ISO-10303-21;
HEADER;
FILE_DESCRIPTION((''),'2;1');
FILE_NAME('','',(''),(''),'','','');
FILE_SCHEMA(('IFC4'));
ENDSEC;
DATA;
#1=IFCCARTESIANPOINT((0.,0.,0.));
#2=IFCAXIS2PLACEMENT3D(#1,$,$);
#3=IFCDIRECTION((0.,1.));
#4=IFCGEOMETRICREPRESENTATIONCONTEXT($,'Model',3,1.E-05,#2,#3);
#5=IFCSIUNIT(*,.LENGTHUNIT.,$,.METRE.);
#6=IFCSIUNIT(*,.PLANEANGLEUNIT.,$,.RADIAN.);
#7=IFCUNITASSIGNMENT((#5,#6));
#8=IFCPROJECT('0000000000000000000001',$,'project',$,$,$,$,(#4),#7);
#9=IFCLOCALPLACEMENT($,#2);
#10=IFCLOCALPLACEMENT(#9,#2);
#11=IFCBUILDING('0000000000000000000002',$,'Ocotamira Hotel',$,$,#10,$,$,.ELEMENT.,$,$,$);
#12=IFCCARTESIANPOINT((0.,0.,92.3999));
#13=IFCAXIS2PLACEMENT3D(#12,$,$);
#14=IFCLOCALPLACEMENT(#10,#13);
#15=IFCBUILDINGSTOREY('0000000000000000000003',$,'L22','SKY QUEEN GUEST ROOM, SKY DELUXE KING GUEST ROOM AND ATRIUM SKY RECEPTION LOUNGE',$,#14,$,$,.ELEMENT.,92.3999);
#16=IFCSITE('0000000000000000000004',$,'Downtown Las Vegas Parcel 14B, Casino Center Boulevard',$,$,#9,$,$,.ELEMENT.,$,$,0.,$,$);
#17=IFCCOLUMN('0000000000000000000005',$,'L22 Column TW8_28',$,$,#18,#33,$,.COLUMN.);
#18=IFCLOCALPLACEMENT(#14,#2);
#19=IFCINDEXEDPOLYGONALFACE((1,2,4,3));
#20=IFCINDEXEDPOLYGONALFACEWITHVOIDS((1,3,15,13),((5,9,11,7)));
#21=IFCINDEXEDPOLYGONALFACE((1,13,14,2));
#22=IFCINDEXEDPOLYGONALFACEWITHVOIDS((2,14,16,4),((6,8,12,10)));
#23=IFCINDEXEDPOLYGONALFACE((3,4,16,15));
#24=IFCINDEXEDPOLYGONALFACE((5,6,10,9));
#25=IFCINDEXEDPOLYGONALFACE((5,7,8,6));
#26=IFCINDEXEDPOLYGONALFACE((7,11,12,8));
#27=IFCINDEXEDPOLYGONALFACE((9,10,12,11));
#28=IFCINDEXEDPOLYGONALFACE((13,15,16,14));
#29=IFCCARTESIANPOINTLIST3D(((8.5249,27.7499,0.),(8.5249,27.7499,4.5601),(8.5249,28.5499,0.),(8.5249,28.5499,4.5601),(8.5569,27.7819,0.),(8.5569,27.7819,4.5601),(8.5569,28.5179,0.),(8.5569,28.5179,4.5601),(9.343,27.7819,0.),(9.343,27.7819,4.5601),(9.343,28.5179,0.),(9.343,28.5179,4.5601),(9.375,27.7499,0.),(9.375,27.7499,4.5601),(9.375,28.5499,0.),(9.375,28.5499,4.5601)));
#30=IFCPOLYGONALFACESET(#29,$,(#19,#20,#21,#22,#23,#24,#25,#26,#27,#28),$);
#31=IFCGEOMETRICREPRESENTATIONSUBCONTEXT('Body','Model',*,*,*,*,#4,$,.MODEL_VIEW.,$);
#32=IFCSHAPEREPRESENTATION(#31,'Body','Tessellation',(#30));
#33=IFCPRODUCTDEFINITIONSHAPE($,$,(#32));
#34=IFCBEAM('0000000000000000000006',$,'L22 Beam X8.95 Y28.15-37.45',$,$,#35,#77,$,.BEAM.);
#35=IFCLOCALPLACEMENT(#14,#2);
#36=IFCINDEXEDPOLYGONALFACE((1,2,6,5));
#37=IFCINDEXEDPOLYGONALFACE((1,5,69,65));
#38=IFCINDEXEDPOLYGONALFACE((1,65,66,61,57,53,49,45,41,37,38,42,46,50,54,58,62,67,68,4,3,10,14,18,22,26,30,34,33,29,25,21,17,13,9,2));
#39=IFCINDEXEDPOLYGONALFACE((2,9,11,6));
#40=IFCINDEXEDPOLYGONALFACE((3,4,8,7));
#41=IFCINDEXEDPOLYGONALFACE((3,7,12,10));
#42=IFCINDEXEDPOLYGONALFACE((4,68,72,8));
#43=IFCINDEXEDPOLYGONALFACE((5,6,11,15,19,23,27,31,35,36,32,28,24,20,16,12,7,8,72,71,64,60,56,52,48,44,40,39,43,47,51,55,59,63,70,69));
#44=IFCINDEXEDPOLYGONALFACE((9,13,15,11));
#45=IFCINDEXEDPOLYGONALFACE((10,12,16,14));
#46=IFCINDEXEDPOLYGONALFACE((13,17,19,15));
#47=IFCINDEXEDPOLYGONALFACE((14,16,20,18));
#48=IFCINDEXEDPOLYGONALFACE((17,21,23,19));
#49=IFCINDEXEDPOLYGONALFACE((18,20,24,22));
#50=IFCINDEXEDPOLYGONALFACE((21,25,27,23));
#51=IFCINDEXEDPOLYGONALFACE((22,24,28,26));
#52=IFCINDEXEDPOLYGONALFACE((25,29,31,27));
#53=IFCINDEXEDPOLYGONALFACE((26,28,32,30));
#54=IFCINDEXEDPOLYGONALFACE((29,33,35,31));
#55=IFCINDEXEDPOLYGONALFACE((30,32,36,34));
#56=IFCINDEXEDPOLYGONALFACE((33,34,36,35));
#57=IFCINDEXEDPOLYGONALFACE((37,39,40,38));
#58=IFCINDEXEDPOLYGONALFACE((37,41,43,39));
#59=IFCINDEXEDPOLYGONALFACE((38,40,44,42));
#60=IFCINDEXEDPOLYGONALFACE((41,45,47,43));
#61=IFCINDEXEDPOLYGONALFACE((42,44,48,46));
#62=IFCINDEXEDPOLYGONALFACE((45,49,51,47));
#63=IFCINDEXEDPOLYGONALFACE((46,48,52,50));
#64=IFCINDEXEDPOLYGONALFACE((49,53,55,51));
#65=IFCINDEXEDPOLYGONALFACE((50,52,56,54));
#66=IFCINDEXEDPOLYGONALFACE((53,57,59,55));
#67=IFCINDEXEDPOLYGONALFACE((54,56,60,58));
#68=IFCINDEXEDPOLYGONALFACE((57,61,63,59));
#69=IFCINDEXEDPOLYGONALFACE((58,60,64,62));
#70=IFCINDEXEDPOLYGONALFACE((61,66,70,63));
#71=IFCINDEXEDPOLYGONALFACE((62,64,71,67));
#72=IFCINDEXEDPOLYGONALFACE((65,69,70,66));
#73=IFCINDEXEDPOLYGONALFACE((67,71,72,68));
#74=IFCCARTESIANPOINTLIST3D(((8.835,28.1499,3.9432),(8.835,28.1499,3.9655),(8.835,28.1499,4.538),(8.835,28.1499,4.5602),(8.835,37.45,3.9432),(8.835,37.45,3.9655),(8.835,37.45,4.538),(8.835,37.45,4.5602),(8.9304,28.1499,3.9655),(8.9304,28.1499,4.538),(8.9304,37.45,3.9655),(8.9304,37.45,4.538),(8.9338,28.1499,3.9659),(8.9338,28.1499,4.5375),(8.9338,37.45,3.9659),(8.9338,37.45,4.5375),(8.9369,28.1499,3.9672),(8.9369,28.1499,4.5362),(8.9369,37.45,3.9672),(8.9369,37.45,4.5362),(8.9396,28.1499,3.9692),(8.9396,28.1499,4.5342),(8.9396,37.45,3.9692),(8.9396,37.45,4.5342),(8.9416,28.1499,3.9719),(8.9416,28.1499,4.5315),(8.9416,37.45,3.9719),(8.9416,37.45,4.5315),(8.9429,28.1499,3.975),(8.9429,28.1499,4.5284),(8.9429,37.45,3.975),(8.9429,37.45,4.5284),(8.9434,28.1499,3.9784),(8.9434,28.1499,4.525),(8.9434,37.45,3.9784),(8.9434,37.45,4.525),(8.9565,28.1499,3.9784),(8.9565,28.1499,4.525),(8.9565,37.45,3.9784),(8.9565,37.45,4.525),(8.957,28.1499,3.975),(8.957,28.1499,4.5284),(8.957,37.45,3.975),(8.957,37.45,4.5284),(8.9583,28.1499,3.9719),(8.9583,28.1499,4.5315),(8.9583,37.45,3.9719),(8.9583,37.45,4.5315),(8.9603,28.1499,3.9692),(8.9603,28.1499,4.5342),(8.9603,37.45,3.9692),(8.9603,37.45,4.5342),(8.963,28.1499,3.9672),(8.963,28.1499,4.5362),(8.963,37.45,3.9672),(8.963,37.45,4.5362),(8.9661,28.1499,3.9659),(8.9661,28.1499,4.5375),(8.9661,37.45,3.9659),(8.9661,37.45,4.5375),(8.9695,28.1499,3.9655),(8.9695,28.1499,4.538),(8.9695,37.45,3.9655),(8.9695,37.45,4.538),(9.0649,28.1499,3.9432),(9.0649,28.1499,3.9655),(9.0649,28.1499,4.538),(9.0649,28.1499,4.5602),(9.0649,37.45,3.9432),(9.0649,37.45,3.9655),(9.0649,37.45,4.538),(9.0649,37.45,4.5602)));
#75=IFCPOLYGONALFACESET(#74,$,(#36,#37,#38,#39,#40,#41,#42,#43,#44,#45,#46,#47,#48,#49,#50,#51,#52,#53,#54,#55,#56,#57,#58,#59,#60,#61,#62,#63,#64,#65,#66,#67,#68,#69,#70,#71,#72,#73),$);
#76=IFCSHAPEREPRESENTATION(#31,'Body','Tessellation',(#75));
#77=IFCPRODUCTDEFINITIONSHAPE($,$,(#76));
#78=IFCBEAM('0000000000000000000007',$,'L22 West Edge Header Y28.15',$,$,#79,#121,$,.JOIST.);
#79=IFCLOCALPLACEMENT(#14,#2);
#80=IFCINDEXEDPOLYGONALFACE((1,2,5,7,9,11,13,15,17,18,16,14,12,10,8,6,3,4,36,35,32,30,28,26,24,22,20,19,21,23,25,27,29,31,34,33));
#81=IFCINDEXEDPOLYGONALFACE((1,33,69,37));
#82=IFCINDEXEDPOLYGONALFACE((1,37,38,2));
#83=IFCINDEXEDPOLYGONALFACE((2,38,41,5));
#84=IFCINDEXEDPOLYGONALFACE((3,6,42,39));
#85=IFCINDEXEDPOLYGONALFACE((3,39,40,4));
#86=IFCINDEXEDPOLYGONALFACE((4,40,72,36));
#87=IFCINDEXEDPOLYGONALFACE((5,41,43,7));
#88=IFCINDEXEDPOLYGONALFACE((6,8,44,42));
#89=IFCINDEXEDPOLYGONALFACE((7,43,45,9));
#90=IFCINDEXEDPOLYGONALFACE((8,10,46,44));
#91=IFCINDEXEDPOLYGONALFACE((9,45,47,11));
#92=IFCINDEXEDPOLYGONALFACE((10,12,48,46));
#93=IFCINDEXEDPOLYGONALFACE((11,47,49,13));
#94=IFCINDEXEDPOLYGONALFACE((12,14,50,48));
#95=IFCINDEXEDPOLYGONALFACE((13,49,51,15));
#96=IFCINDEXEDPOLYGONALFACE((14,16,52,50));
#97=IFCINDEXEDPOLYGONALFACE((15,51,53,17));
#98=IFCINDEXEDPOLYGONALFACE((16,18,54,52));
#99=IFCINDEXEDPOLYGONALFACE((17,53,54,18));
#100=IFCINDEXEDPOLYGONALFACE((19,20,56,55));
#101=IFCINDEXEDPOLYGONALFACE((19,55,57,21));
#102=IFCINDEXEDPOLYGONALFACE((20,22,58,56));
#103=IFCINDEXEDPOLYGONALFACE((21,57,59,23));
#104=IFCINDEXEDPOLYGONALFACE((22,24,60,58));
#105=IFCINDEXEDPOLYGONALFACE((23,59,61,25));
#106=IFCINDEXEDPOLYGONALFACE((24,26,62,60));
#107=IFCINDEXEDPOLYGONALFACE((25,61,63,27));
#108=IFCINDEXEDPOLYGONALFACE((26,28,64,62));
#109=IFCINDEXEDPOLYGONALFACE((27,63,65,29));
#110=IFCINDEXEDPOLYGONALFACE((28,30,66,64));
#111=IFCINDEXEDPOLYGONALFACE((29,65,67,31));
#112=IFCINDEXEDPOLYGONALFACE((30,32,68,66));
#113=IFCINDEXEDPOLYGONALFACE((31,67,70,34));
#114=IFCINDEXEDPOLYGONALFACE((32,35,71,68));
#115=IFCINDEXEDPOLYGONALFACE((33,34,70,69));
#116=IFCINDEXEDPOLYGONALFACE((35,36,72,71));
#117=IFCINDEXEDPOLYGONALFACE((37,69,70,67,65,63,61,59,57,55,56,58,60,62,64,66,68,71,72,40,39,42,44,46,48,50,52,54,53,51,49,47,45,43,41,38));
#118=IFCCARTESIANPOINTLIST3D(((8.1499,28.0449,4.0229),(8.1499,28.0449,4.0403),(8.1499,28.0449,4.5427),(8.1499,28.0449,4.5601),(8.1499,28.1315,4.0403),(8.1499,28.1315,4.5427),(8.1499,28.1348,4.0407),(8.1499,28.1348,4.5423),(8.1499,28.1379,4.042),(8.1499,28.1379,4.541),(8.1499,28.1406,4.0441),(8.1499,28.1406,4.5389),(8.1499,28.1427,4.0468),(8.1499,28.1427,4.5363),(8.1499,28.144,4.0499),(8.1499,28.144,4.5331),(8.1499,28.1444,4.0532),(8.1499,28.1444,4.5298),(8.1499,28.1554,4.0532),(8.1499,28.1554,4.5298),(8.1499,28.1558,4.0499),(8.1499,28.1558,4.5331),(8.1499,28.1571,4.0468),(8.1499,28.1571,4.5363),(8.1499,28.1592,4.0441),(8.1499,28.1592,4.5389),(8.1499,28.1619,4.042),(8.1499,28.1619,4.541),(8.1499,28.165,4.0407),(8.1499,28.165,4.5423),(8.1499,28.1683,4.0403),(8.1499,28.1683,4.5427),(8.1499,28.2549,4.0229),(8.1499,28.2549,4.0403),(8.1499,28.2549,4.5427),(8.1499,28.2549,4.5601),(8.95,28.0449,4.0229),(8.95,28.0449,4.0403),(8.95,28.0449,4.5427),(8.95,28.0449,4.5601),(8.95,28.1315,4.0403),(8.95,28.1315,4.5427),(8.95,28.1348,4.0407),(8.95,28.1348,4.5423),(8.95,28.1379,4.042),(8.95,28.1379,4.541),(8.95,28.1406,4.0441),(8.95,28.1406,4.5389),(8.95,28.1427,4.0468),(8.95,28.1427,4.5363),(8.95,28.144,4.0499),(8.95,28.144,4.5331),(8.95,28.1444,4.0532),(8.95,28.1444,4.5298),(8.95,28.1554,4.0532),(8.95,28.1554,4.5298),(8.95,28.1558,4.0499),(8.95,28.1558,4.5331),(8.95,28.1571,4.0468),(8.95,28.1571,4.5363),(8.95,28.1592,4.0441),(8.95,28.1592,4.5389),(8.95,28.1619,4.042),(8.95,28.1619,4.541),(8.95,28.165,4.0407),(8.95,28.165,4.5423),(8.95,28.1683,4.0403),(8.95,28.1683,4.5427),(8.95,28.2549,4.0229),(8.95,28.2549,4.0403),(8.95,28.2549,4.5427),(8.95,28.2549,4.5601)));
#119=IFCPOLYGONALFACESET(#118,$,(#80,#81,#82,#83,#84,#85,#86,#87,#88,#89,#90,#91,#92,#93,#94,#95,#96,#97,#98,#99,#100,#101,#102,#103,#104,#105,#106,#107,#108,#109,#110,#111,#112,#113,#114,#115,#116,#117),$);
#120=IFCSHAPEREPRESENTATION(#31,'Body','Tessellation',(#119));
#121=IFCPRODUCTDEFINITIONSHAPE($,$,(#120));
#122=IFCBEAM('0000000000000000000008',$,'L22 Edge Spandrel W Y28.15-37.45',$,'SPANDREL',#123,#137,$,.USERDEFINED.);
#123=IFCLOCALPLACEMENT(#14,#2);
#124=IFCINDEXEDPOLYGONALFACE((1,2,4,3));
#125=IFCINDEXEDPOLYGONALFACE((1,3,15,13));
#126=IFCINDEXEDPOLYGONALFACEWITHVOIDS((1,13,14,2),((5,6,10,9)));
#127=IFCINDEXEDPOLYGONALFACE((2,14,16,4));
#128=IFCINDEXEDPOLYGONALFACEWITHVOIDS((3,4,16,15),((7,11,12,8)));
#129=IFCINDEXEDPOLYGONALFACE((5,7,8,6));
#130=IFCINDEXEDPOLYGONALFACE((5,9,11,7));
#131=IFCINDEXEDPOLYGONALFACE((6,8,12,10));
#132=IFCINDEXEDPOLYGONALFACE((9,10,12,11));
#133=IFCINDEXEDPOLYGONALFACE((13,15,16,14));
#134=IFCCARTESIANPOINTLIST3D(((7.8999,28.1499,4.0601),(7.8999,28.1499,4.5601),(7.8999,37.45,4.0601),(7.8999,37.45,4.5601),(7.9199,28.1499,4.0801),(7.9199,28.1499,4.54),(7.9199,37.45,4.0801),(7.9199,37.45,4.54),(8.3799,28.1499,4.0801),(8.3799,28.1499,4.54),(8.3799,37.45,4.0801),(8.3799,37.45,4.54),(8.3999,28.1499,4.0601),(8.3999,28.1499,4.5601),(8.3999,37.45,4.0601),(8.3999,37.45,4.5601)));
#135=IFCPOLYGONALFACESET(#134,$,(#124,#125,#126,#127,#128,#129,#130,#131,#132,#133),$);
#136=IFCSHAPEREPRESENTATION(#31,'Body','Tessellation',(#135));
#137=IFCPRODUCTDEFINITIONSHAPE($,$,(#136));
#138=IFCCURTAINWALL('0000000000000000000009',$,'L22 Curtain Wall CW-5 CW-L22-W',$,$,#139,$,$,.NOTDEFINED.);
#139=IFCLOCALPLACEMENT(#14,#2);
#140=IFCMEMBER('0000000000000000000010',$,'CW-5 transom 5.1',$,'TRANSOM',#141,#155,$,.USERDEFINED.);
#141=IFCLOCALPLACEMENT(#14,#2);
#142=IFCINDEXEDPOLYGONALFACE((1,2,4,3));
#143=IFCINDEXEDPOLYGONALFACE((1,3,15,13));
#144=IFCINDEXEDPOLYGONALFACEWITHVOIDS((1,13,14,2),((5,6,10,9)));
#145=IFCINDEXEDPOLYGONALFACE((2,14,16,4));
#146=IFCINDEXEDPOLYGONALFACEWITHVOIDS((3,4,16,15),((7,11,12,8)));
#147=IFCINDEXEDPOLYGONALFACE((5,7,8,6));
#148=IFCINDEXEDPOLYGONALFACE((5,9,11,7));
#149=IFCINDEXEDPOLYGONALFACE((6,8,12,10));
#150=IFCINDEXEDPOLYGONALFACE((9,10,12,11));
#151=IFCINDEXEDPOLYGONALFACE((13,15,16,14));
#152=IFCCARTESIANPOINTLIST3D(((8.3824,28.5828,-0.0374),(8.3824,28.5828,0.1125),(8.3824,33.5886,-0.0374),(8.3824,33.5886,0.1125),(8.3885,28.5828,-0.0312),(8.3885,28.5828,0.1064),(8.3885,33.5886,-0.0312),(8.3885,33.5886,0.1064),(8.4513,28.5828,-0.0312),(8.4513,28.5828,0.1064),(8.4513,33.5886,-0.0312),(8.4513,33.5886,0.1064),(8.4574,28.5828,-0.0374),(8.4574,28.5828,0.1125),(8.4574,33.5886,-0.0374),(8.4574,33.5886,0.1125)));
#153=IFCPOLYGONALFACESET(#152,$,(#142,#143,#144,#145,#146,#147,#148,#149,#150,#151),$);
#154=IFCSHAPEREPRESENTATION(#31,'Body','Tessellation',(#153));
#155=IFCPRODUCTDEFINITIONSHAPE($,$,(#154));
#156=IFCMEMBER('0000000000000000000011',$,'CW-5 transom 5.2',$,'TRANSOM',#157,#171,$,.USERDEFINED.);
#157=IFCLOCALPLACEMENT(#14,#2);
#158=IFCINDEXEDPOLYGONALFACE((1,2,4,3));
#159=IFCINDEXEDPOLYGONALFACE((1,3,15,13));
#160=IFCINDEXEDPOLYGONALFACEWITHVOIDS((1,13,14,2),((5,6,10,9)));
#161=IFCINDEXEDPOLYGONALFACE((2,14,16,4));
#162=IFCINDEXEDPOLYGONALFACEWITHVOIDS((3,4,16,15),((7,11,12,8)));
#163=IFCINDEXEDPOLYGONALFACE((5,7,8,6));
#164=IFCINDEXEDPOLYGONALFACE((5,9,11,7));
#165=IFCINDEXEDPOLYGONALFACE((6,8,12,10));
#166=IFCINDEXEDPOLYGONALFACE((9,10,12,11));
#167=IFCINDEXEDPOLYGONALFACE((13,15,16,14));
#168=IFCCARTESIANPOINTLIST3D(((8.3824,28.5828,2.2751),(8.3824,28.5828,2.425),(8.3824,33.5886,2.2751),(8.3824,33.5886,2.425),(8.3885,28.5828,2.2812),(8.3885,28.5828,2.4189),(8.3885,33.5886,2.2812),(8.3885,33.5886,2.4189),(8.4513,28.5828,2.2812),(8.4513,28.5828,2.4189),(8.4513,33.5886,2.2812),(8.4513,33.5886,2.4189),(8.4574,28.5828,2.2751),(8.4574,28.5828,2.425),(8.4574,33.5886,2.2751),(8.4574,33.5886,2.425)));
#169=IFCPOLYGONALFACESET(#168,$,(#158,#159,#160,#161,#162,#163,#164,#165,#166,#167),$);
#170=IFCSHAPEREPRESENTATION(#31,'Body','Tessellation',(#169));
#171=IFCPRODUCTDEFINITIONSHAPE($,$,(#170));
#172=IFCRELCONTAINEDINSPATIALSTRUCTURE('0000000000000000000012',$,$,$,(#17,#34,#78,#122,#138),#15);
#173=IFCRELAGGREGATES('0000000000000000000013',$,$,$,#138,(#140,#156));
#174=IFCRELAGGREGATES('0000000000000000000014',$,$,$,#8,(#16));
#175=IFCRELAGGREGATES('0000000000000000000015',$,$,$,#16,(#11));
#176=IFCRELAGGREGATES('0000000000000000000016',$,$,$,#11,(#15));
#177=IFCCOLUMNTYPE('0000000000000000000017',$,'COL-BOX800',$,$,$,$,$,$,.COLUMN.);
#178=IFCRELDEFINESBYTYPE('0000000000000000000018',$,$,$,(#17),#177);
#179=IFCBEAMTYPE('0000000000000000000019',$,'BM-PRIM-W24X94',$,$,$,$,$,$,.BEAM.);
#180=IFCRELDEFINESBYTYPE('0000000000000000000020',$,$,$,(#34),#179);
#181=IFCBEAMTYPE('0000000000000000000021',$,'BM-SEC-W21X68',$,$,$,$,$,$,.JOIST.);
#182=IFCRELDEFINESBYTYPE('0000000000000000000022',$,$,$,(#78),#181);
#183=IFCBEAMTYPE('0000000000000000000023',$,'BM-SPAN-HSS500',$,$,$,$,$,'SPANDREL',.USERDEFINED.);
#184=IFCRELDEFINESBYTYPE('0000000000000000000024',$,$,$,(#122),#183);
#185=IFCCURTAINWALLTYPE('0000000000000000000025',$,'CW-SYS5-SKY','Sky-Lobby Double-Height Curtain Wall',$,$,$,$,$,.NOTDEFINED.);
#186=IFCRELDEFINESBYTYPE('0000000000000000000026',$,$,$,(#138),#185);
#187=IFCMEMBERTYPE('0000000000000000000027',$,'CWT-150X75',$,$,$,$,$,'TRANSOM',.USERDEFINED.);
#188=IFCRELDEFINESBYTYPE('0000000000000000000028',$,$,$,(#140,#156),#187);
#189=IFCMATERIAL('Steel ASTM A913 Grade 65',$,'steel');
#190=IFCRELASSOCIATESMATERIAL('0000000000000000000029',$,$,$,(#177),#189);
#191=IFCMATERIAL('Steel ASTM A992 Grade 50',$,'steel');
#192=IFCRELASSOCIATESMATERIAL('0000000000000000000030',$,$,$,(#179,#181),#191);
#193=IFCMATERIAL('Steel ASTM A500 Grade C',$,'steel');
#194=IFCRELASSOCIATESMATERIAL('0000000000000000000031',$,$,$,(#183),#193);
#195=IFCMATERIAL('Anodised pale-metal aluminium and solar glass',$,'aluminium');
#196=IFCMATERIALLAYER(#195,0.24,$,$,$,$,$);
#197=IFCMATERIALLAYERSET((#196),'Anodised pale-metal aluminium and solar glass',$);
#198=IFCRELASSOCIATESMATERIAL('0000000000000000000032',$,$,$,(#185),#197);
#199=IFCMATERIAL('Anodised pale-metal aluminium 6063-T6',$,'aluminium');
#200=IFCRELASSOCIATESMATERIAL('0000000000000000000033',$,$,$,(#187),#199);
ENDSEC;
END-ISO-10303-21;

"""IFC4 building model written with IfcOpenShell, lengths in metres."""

from ifc_helpers import new_model, si_unit, direction, frame, origin, origin_2d, place, context, subcontext, project, spatial, hollow_rectangle, i_section, extrude, source, transform, mapped, material, layer, layer_set, material_profile, profile_set, type_object, element, aggregate, save


model = new_model("IFC4")

# Units and contexts
model_context = context("Model", 3, precision=1e-05, world=origin(), true_north=direction((0.0, 1.0)))
body_context = subcontext(model_context, "Body", "Model", "MODEL_VIEW")
ifc_project = project(units=[si_unit("LENGTHUNIT", "METRE"), si_unit("PLANEANGLEUNIT", "RADIAN")], contexts=[model_context])

# Site, building, storey
site_placement = place(None, origin())
site = spatial("IfcSite", under=ifc_project, at=site_placement, Name="Downtown Las Vegas Parcel 14B, Casino Center Boulevard", CompositionType="ELEMENT", RefElevation=0.0)
building_placement = place(site_placement, origin())
building = spatial("IfcBuilding", under=site, at=building_placement, Name="Ocotamira Hotel", CompositionType="ELEMENT")
storey_placement = place(building_placement, frame((0.0, 0.0, 92.3999)))
storey = spatial("IfcBuildingStorey", under=building, at=storey_placement, Name="L22", Description="SKY QUEEN GUEST ROOM, SKY DELUXE KING GUEST ROOM AND ATRIUM SKY RECEPTION LOUNGE", CompositionType="ELEMENT", Elevation=92.3999)

# Column
ifc_material_1 = material(Name="Steel ASTM A913 Grade 65", Category="steel")
ifc_material_profile_1 = material_profile(ifc_material_1, hollow_rectangle(XDim=0.8501, YDim=0.8, WallThickness=0.032, at=origin_2d()), Name="BOX800X850X32")
ifc_profile_set_1 = profile_set([ifc_material_profile_1], Name="Steel ASTM A913 Grade 65")
column_type = type_object("IfcColumnType", Name="COL-BOX800", PredefinedType="COLUMN", material=ifc_profile_set_1)
shared_shape_1 = source(origin(), body_context, "Body", "SweptSolid", [
    extrude(hollow_rectangle(XDim=0.8501, YDim=0.8, WallThickness=0.032, at=origin_2d()), origin(), (0.0, 0.0, 1.0), 4.5601),
])
column_placement = place(storey_placement, frame((8.95, 28.1499, 0.0), z_axis=(0.0, 0.0, 1.0), x_axis=(1.0, 0.0, 0.0)))
element("IfcColumn", 1, at=column_placement, inside=storey, type_object=column_type, Name="L22 Column TW8_28", PredefinedType="COLUMN", context=body_context, shape_type="MappedRepresentation", body=[
    mapped(shared_shape_1, transform((0.0, 0.0, 0.0), scale=1.0)),
])

# Beams
ifc_material_2 = material(Name="Steel ASTM A992 Grade 50", Category="steel")
ifc_material_profile_2 = material_profile(ifc_material_2, i_section(OverallWidth=0.23, OverallDepth=0.6169, WebThickness=0.0132, FlangeThickness=0.0222, FilletRadius=0.0129, at=origin_2d()), Name="W24X94")
ifc_profile_set_2 = profile_set([ifc_material_profile_2], Name="Steel ASTM A992 Grade 50")
beam_type_1 = type_object("IfcBeamType", Name="BM-PRIM-W24X94", PredefinedType="BEAM", material=ifc_profile_set_2)
shared_shape_2 = source(origin(), body_context, "Body", "SweptSolid", [
    extrude(i_section(OverallWidth=0.23, OverallDepth=0.6169, WebThickness=0.0132, FlangeThickness=0.0222, FilletRadius=0.0129, at=origin_2d()), origin(), (0.0, 0.0, 1.0), 9.3),
])
beam_1_placement = place(storey_placement, frame((8.95, 28.1499, 4.2517), z_axis=(0.0, 1.0, 0.0), x_axis=(-1.0, 0.0, 0.0)))
element("IfcBeam", 2, at=beam_1_placement, inside=storey, type_object=beam_type_1, Name="L22 Beam X8.95 Y28.15-37.45", PredefinedType="BEAM", context=body_context, shape_type="MappedRepresentation", body=[
    mapped(shared_shape_2, transform((0.0, 0.0, 0.0), scale=1.0)),
])
ifc_material_profile_3 = material_profile(ifc_material_2, i_section(OverallWidth=0.21, OverallDepth=0.5371, WebThickness=0.011, FlangeThickness=0.0173, FilletRadius=0.0129, at=origin_2d()), Name="W21X68")
ifc_profile_set_3 = profile_set([ifc_material_profile_3], Name="Steel ASTM A992 Grade 50")
beam_type_2 = type_object("IfcBeamType", Name="BM-SEC-W21X68", PredefinedType="JOIST", material=ifc_profile_set_3)
shared_shape_3 = source(origin(), body_context, "Body", "SweptSolid", [
    extrude(i_section(OverallWidth=0.21, OverallDepth=0.5371, WebThickness=0.011, FlangeThickness=0.0173, FilletRadius=0.0129, at=origin_2d()), origin(), (0.0, 0.0, 1.0), 0.8),
])
beam_2_placement = place(storey_placement, frame((8.95, 28.1499, 4.2915), z_axis=(-1.0, 0.0, 0.0), x_axis=(0.0, -1.0, 0.0)))
element("IfcBeam", 3, at=beam_2_placement, inside=storey, type_object=beam_type_2, Name="L22 West Edge Header Y28.15", PredefinedType="JOIST", context=body_context, shape_type="MappedRepresentation", body=[
    mapped(shared_shape_3, transform((0.0, 0.0, 0.0), scale=1.0)),
])
ifc_material_3 = material(Name="Steel ASTM A500 Grade C", Category="steel")
ifc_material_profile_4 = material_profile(ifc_material_3, hollow_rectangle(XDim=0.5, YDim=0.5, WallThickness=0.02, at=origin_2d()), Name="HSS500X500X20")
ifc_profile_set_4 = profile_set([ifc_material_profile_4], Name="Steel ASTM A500 Grade C")
beam_type_3 = type_object("IfcBeamType", Name="BM-SPAN-HSS500", ElementType="SPANDREL", PredefinedType="USERDEFINED", material=ifc_profile_set_4)
shared_shape_4 = source(origin(), body_context, "Body", "SweptSolid", [
    extrude(hollow_rectangle(XDim=0.5, YDim=0.5, WallThickness=0.02, at=origin_2d()), origin(), (0.0, 0.0, 1.0), 9.3),
])
beam_3_placement = place(storey_placement, frame((8.1499, 28.1499, 4.3101), z_axis=(0.0, 1.0, 0.0), x_axis=(-1.0, 0.0, 0.0)))
element("IfcBeam", 4, at=beam_3_placement, inside=storey, type_object=beam_type_3, Name="L22 Edge Spandrel W Y28.15-37.45", ObjectType="SPANDREL", PredefinedType="USERDEFINED", context=body_context, shape_type="MappedRepresentation", body=[
    mapped(shared_shape_4, transform((0.0, 0.0, 0.0), scale=1.0)),
])

# Curtain wall, members
ifc_material_4 = material(Name="Anodised pale-metal aluminium and solar glass", Category="aluminium")
ifc_layer_1 = layer(ifc_material_4, 0.24)
ifc_layer_set_1 = layer_set([ifc_layer_1], Name="Anodised pale-metal aluminium and solar glass")
curtain_wall_type = type_object("IfcCurtainWallType", Name="CW-SYS5-SKY", Description="Sky-Lobby Double-Height Curtain Wall", PredefinedType="NOTDEFINED", material=ifc_layer_set_1)
curtain_wall_placement = place(storey_placement, origin())
curtain_wall = element("IfcCurtainWall", 5, at=curtain_wall_placement, inside=storey, type_object=curtain_wall_type, Name="L22 Curtain Wall CW-5 CW-L22-W", PredefinedType="NOTDEFINED")
ifc_material_5 = material(Name="Anodised pale-metal aluminium 6063-T6", Category="aluminium")
ifc_material_profile_5 = material_profile(ifc_material_5, hollow_rectangle(XDim=0.075, YDim=0.1499, WallThickness=0.0061, at=origin_2d()), Name="HSS150X75X6")
ifc_profile_set_5 = profile_set([ifc_material_profile_5], Name="Anodised pale-metal aluminium 6063-T6")
member_type_1 = type_object("IfcMemberType", Name="CWT-150X75", ElementType="TRANSOM", PredefinedType="USERDEFINED", material=ifc_profile_set_5)
shared_shape_5 = source(origin(), body_context, "Body", "SweptSolid", [
    extrude(hollow_rectangle(XDim=0.075, YDim=0.1499, WallThickness=0.0061, at=origin_2d()), origin(), (0.0, 0.0, 1.0), 5.0059),
])
member_1_placement = place(storey_placement, frame((8.4199, 28.5828, 0.0376), z_axis=(0.0, 1.0, 0.0), x_axis=(-1.0, 0.0, 0.0)))
member_1 = element("IfcMember", 6, at=member_1_placement, type_object=member_type_1, Name="CW-5 transom 5.1", ObjectType="TRANSOM", PredefinedType="USERDEFINED", context=body_context, shape_type="MappedRepresentation", body=[
    mapped(shared_shape_5, transform((0.0, 0.0, 0.0), scale=1.0)),
])
member_2_placement = place(storey_placement, frame((8.4199, 28.5828, 2.3501), z_axis=(0.0, 1.0, 0.0), x_axis=(-1.0, 0.0, 0.0)))
member_2 = element("IfcMember", 7, at=member_2_placement, type_object=member_type_1, Name="CW-5 transom 5.2", ObjectType="TRANSOM", PredefinedType="USERDEFINED", context=body_context, shape_type="MappedRepresentation", body=[
    mapped(shared_shape_5, transform((0.0, 0.0, 0.0), scale=1.0)),
])

aggregate(curtain_wall, [member_1, member_2])

save(model, "model.ifc")
